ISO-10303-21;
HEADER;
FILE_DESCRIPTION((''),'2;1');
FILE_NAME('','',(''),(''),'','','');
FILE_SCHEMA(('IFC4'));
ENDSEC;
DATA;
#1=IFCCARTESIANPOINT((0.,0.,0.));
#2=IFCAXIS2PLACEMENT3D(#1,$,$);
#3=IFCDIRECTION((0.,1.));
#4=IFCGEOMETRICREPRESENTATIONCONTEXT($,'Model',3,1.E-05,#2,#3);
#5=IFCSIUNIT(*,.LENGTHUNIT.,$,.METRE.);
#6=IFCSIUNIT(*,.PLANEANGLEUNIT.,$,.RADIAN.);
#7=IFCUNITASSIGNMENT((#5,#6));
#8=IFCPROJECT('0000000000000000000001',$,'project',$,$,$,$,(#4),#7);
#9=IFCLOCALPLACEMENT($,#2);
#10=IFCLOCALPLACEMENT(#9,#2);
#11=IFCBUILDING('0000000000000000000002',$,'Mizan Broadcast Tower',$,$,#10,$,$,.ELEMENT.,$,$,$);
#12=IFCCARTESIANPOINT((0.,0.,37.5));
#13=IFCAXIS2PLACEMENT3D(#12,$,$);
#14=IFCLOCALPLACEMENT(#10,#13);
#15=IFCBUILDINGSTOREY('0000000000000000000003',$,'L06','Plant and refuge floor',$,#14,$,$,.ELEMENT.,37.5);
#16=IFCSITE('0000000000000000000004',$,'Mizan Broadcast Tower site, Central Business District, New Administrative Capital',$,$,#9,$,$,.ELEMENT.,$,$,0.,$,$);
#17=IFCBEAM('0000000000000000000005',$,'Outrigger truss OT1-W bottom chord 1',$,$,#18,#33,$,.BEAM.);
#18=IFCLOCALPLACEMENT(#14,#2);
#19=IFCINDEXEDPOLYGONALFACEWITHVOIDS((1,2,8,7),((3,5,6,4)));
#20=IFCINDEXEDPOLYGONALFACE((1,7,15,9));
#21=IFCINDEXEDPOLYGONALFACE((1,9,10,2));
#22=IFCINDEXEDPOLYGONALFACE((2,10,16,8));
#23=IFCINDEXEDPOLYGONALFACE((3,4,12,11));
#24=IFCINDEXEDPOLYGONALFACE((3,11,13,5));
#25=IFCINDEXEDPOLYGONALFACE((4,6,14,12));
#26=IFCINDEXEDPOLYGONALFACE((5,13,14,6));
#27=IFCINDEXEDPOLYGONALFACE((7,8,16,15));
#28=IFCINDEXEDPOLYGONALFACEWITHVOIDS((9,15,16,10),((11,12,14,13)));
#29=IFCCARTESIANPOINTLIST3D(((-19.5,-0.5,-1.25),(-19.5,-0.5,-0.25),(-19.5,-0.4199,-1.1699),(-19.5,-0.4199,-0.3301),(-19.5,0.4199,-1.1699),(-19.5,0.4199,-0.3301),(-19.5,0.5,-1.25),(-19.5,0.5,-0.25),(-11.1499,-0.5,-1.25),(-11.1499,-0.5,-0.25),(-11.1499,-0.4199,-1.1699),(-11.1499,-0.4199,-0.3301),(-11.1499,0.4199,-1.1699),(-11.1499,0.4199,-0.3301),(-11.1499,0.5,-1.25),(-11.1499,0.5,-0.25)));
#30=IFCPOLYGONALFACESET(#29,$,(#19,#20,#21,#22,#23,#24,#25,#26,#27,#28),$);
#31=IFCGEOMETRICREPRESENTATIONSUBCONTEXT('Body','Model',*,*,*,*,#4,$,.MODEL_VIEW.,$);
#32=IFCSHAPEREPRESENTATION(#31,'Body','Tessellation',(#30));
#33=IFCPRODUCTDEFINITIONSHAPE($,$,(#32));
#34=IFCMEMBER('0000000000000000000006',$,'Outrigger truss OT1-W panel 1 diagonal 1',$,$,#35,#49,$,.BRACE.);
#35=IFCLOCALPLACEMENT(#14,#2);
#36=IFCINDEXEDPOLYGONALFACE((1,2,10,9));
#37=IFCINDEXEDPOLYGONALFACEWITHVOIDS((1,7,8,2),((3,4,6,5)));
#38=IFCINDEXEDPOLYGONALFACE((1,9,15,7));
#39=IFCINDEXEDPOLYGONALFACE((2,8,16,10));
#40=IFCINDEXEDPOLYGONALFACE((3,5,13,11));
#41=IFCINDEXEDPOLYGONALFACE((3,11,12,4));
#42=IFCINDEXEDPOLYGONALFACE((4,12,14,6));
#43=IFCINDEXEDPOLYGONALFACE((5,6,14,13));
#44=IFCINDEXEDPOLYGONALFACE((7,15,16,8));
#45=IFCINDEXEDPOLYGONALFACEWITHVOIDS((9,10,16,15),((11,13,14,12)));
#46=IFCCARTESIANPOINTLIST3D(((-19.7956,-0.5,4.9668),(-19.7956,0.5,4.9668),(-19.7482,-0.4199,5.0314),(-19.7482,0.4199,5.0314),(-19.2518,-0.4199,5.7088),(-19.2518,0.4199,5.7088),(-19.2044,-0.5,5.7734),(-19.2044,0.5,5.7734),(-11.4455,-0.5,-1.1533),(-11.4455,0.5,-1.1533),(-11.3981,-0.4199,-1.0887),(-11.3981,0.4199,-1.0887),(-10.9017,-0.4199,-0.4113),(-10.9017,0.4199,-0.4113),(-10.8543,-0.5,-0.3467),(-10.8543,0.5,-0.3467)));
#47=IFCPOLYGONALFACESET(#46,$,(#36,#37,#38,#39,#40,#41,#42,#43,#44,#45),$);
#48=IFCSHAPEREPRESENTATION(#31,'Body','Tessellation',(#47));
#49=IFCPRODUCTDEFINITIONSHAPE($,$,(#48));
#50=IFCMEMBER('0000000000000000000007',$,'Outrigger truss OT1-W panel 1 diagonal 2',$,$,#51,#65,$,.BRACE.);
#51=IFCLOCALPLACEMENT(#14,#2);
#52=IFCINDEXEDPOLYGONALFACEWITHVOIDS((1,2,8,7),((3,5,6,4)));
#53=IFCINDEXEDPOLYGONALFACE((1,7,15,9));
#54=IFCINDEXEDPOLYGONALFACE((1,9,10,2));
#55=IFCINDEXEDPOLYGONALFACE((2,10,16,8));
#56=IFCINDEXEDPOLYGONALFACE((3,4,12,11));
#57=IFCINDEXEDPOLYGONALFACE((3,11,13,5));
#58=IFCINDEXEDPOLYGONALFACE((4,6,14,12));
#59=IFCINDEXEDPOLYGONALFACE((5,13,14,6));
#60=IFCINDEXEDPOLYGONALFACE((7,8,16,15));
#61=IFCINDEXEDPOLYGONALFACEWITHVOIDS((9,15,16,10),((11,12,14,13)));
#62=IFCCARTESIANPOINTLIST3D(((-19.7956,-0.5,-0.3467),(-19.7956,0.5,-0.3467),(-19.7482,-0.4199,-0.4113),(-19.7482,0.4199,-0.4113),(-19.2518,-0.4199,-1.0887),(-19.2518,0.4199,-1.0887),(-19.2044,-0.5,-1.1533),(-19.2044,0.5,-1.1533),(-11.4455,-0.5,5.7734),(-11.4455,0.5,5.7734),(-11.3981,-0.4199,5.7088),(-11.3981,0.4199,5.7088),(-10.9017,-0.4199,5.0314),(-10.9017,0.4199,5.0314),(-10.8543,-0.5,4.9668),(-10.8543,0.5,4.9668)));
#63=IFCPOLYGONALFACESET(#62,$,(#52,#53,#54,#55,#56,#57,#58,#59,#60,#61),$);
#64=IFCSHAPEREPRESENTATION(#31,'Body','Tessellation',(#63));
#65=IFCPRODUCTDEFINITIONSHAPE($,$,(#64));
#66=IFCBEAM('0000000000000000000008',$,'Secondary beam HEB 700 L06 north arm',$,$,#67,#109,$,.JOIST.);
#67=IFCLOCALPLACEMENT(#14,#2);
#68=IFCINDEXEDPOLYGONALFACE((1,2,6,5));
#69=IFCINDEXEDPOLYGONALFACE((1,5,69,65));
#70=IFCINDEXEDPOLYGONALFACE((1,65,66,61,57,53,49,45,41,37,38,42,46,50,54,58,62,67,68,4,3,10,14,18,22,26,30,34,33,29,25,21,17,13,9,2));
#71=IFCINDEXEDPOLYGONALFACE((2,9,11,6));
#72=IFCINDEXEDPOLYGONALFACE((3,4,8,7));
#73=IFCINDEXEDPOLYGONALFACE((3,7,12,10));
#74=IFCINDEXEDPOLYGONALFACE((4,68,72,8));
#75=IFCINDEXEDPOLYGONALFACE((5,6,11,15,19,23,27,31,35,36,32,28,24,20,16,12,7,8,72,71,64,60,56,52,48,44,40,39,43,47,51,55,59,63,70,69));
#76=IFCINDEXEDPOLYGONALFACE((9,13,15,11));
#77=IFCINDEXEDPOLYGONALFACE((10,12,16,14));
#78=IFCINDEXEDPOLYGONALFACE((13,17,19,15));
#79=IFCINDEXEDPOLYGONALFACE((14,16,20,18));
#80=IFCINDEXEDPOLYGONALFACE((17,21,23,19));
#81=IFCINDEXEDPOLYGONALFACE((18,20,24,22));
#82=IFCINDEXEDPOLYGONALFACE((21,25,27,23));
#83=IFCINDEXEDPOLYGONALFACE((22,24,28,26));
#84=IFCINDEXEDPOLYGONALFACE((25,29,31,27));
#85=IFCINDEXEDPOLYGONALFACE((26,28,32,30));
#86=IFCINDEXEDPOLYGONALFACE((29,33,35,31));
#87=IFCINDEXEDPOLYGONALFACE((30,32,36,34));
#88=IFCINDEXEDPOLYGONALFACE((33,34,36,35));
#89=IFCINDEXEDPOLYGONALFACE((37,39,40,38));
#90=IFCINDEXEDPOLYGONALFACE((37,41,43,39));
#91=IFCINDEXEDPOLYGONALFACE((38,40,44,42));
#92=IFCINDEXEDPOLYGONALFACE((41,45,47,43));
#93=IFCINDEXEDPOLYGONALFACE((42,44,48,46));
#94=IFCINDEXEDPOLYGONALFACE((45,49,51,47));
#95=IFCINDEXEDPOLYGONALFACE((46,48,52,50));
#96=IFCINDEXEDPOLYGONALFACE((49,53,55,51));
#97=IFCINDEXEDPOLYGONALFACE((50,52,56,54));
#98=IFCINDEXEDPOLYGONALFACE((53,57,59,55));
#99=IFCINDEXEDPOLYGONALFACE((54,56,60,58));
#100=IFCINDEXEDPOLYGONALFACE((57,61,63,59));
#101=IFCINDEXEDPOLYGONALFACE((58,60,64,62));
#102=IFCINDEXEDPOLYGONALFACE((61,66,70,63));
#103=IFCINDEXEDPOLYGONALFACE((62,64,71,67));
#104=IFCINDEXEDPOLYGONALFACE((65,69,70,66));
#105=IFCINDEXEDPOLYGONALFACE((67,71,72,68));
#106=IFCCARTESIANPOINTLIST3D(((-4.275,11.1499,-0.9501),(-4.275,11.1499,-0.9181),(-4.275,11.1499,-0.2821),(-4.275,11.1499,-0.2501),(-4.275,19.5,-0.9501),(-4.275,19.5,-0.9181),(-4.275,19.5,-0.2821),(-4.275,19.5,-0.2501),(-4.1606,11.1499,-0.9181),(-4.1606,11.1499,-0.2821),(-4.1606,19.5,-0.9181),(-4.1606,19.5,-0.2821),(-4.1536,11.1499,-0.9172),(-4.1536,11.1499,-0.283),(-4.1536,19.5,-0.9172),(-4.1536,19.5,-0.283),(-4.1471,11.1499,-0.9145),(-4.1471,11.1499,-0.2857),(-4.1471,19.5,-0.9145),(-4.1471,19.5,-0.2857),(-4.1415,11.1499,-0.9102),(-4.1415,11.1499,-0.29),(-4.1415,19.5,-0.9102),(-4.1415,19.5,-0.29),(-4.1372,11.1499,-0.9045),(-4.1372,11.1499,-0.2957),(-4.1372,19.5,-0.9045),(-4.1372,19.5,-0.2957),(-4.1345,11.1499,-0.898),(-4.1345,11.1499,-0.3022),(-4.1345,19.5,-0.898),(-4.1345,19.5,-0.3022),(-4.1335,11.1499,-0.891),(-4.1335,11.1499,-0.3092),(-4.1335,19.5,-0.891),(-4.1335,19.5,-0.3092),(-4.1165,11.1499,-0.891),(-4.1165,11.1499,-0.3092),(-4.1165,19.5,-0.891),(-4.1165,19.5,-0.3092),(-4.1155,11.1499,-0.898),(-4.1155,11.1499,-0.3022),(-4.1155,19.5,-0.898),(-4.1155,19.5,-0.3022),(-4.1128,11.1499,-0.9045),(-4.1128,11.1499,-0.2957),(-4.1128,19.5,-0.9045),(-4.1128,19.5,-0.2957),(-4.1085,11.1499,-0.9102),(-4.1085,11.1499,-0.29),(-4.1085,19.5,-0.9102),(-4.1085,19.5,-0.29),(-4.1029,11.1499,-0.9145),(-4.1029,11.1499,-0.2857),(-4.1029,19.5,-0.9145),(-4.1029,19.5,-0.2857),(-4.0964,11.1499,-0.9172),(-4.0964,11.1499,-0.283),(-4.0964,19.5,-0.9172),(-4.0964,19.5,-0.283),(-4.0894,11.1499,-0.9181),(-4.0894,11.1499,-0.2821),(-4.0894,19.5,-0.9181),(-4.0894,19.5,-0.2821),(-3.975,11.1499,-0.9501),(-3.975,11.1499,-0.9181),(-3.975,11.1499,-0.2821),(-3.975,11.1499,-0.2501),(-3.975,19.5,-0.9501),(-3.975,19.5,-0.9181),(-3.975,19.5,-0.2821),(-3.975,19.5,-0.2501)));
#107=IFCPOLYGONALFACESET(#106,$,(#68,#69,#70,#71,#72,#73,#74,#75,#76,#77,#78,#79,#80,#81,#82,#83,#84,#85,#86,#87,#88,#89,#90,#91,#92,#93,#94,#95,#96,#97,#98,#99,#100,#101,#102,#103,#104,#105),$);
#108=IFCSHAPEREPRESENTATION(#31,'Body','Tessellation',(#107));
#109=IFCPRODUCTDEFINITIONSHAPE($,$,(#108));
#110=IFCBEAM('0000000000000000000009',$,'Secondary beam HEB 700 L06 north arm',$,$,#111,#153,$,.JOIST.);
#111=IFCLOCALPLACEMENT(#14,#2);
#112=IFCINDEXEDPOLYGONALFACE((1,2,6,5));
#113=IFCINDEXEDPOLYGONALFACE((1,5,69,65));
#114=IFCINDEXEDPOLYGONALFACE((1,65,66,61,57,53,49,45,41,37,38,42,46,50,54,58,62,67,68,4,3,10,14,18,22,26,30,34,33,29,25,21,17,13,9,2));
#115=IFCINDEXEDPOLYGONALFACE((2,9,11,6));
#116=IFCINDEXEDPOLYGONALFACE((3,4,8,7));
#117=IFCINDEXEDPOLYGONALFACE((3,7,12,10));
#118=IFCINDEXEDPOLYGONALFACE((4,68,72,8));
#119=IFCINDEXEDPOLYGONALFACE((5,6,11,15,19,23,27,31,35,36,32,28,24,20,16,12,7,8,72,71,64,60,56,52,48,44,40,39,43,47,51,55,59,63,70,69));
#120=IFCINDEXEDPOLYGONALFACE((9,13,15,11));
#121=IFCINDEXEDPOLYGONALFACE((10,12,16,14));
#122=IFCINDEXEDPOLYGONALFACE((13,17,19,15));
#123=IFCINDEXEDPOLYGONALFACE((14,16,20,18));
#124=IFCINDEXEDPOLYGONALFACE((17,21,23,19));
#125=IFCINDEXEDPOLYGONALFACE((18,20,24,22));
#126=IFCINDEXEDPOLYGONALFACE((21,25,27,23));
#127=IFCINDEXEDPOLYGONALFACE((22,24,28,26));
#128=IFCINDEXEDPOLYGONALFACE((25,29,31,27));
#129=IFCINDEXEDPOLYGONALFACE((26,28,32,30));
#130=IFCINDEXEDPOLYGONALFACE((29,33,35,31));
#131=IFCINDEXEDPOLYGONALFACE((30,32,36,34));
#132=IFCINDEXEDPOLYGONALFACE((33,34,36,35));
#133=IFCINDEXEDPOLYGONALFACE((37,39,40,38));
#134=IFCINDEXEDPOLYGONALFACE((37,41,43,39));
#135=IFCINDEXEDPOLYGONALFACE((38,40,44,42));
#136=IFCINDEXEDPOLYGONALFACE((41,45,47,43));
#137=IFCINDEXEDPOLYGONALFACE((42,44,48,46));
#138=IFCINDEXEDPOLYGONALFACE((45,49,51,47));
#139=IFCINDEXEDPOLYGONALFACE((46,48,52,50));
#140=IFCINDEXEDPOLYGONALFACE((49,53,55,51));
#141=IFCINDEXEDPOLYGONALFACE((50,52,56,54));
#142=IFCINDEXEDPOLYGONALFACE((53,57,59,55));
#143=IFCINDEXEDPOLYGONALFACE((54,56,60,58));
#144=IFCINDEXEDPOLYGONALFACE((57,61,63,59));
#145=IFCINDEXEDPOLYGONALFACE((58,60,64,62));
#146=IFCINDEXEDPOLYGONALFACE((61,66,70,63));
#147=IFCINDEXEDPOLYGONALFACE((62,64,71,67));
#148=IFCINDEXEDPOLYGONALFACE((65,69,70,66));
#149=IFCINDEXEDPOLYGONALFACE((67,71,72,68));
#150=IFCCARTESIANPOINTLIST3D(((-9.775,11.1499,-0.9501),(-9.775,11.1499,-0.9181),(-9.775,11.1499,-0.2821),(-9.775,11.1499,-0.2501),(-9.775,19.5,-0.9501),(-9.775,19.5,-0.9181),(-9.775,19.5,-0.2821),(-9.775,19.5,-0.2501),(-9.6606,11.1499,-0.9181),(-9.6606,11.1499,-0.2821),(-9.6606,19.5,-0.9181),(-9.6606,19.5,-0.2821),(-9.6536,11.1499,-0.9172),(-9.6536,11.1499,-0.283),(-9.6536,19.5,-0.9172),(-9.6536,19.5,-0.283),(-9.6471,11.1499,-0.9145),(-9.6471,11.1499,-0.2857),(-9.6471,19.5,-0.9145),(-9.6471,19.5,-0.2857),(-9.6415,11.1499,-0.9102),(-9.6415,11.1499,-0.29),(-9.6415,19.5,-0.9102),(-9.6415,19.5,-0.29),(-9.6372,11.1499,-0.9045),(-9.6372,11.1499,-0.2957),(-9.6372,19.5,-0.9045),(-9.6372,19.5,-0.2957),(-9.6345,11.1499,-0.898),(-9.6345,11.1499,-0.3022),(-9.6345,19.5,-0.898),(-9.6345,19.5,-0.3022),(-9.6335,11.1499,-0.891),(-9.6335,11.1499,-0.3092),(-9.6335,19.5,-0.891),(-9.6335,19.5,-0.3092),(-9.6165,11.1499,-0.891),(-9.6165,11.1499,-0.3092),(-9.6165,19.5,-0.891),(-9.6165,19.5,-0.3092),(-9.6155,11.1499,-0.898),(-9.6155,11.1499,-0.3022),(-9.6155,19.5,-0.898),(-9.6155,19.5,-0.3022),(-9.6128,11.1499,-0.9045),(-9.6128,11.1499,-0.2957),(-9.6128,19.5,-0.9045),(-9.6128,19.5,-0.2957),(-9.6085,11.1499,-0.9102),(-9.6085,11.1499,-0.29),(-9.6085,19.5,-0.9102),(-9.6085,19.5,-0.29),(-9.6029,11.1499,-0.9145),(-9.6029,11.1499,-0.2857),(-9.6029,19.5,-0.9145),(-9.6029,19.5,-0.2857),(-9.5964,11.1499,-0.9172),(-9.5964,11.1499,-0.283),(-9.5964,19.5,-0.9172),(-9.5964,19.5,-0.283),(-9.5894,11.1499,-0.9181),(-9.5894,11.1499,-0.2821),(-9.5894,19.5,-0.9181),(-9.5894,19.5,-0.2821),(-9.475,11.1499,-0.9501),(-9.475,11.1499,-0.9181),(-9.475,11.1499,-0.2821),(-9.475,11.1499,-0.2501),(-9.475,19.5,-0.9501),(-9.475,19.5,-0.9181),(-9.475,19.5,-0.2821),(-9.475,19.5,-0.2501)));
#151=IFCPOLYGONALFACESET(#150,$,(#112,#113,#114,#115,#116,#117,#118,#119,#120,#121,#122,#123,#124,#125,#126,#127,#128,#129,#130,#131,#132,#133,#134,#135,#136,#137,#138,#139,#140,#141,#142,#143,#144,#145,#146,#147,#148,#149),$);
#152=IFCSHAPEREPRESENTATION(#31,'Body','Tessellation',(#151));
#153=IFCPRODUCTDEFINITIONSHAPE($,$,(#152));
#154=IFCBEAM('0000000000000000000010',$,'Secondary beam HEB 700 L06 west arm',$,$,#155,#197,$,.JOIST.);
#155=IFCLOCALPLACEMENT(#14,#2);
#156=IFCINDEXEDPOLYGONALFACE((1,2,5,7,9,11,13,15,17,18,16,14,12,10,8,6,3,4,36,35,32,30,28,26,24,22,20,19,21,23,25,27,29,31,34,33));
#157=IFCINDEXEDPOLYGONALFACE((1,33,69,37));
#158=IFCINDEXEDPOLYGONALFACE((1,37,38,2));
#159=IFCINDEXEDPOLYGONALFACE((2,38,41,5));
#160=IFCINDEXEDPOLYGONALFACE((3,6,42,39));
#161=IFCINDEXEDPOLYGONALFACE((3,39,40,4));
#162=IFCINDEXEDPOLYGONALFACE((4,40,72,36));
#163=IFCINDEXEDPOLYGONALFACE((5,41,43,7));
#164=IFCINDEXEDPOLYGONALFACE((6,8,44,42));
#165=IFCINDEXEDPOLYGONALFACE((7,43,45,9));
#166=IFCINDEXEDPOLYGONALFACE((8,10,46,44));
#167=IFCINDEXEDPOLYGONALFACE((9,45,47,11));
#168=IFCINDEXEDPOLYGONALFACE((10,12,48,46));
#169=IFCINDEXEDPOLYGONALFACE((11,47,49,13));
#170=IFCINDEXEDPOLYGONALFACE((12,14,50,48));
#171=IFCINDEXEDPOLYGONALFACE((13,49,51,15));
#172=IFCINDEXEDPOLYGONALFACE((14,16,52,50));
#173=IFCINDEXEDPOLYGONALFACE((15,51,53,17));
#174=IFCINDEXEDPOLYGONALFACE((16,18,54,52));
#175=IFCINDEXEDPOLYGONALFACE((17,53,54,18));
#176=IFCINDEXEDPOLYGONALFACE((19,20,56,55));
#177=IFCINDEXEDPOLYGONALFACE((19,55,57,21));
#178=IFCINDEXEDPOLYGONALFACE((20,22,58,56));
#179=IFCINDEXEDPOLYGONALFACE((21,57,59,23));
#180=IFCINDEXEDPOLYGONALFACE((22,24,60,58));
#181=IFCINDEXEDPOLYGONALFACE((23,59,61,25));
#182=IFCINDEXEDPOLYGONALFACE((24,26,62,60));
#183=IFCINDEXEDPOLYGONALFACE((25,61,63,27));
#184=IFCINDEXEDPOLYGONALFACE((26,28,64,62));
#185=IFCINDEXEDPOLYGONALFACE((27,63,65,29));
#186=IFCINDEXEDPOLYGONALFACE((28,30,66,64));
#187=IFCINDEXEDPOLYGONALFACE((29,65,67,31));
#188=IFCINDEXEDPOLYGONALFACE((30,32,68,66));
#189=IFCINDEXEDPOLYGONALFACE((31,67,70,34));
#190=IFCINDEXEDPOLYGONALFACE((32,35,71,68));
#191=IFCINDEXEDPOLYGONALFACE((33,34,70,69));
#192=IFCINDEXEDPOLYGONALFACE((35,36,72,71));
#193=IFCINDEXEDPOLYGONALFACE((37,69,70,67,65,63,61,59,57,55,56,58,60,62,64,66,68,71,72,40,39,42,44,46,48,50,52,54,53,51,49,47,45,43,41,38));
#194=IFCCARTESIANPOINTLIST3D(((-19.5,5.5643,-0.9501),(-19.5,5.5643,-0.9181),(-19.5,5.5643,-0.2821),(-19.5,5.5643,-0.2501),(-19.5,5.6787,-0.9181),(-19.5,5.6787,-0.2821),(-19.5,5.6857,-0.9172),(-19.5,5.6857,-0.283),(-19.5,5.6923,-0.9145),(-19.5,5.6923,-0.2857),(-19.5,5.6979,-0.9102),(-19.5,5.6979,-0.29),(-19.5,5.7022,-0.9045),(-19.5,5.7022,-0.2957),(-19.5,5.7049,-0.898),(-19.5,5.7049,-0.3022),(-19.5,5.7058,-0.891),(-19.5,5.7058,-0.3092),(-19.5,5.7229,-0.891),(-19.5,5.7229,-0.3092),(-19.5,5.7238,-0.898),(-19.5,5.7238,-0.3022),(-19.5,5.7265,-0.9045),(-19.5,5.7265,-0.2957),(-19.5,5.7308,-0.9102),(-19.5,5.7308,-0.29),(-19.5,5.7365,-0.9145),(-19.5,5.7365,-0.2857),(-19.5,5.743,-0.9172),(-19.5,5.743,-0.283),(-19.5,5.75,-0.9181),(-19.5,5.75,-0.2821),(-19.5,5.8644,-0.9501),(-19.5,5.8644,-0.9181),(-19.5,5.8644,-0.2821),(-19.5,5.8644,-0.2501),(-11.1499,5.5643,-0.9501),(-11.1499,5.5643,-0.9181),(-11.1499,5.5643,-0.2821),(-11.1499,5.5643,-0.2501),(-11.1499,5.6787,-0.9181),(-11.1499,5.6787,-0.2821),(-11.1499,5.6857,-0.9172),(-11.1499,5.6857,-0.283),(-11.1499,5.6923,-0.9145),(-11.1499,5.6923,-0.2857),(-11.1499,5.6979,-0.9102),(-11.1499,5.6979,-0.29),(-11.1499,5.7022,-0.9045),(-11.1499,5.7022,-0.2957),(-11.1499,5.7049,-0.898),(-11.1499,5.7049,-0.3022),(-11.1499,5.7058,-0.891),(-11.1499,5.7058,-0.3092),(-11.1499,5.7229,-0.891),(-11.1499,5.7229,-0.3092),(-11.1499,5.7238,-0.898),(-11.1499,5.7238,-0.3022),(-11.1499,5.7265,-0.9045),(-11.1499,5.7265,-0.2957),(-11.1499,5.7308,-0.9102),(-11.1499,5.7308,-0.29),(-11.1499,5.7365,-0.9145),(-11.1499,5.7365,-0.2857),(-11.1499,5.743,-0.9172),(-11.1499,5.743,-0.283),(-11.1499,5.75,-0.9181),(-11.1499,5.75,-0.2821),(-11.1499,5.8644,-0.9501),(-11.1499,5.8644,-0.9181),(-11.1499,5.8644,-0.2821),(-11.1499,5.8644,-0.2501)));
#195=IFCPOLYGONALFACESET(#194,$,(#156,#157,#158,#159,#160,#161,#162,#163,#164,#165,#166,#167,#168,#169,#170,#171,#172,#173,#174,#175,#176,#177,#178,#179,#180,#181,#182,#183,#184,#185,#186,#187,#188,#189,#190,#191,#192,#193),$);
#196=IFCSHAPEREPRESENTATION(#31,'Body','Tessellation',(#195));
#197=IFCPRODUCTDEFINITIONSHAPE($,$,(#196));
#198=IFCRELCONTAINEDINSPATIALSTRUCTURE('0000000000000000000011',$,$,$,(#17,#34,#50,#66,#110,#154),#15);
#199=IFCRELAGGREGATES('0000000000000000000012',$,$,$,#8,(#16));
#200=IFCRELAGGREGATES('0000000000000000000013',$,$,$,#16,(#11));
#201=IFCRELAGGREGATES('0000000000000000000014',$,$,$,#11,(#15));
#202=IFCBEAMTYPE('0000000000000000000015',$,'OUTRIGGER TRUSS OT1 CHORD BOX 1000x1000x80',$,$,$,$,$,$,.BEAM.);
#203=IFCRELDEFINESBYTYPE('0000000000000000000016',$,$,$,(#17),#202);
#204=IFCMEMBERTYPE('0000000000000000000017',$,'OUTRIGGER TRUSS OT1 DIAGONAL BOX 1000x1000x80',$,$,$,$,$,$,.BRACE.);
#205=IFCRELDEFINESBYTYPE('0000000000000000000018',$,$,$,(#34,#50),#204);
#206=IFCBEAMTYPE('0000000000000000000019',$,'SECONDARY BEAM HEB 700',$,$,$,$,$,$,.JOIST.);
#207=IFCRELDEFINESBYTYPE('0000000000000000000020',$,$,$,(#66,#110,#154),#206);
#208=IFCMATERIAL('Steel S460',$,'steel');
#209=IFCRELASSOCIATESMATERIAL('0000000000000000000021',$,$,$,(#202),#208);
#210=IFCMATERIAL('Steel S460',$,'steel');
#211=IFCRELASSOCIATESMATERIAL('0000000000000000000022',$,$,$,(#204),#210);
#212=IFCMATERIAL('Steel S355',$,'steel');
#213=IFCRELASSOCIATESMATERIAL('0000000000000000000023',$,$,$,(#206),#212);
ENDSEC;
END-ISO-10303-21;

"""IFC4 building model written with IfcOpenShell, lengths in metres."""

from ifc_helpers import new_model, si_unit, direction, frame, origin, origin_2d, place, context, subcontext, project, spatial, hollow_rectangle, i_section, extrude, material, material_profile, profile_set, type_object, element, save


model = new_model("IFC4")

# Units and contexts
model_context = context("Model", 3, precision=1e-05, world=origin(), true_north=direction((0.0, 1.0)))
body_context = subcontext(model_context, "Body", "Model", "MODEL_VIEW")
ifc_project = project(units=[si_unit("LENGTHUNIT", "METRE"), si_unit("PLANEANGLEUNIT", "RADIAN")], contexts=[model_context])

# Site, building, storey
site_placement = place(None, origin())
site = spatial("IfcSite", under=ifc_project, at=site_placement, Name="Mizan Broadcast Tower site, Central Business District, New Administrative Capital", CompositionType="ELEMENT", RefElevation=0.0)
building_placement = place(site_placement, origin())
building = spatial("IfcBuilding", under=site, at=building_placement, Name="Mizan Broadcast Tower", CompositionType="ELEMENT")
storey_placement = place(building_placement, frame((0.0, 0.0, 37.5)))
storey = spatial("IfcBuildingStorey", under=building, at=storey_placement, Name="L06", Description="Plant and refuge floor", CompositionType="ELEMENT", Elevation=37.5)

# Beam
ifc_material_1 = material(Name="Steel S460", Category="steel")
ifc_material_profile_1 = material_profile(ifc_material_1, hollow_rectangle(XDim=1.0, YDim=1.0, WallThickness=0.0801, at=origin_2d()), Name="BOX 1000x1000x80")
ifc_profile_set_1 = profile_set([ifc_material_profile_1], Name="Steel S460")
beam_type_1 = type_object("IfcBeamType", Name="OUTRIGGER TRUSS OT1 CHORD BOX 1000x1000x80", PredefinedType="BEAM", material=ifc_profile_set_1)
beam_placement = place(storey_placement, frame((-11.1499, 0.0, -0.75), z_axis=(-1.0, 0.0, 0.0), x_axis=(0.0, -1.0, 0.0)))
element("IfcBeam", 1, at=beam_placement, inside=storey, type_object=beam_type_1, Name="Outrigger truss OT1-W bottom chord 1", PredefinedType="BEAM", context=body_context, shape_type="SweptSolid", body=[
    extrude(hollow_rectangle(XDim=1.0, YDim=1.0, WallThickness=0.0801, at=origin_2d()), origin(), (0.0, 0.0, 1.0), 8.3501),
])

# Members
ifc_material_2 = material(Name="Steel S460", Category="steel")
ifc_material_profile_2 = material_profile(ifc_material_2, hollow_rectangle(XDim=1.0, YDim=1.0, WallThickness=0.0801, at=origin_2d()), Name="BOX 1000x1000x80")
ifc_profile_set_2 = profile_set([ifc_material_profile_2], Name="Steel S460")
member_type = type_object("IfcMemberType", Name="OUTRIGGER TRUSS OT1 DIAGONAL BOX 1000x1000x80", PredefinedType="BRACE", material=ifc_profile_set_2)
for number, where, z_axis, x_axis, name in (
    (2, (-11.1499, 0.0, -0.75), (-0.806556, 0.0, 0.591157), (0.0, -1.0, 0.0), "Outrigger truss OT1-W panel 1 diagonal 1"),
    (3, (-11.1499, 0.0, 5.3701), (-0.806556, 0.0, -0.591157), (0.0, -1.0, 0.0), "Outrigger truss OT1-W panel 1 diagonal 2"),
):
    element("IfcMember", number, at=place(storey_placement, frame(where, z_axis=z_axis, x_axis=x_axis)), inside=storey, type_object=member_type, Name=name, PredefinedType="BRACE", context=body_context, shape_type="SweptSolid", body=[
        extrude(hollow_rectangle(XDim=1.0, YDim=1.0, WallThickness=0.0801, at=origin_2d()), origin(), (0.0, 0.0, 1.0), 10.3528),
    ])

# Beams
ifc_material_3 = material(Name="Steel S355", Category="steel")
ifc_material_profile_3 = material_profile(ifc_material_3, i_section(OverallWidth=0.3, OverallDepth=0.7, WebThickness=0.0171, FlangeThickness=0.032, FilletRadius=0.0271, at=origin_2d()), Name="HEB 700")
ifc_profile_set_3 = profile_set([ifc_material_profile_3], Name="Steel S355")
beam_type_2 = type_object("IfcBeamType", Name="SECONDARY BEAM HEB 700", PredefinedType="JOIST", material=ifc_profile_set_3)
for number, where, z_axis, x_axis, name in (
    (4, (-4.125, 11.1499, -0.6001), (0.0, 1.0, 0.0), (-1.0, 0.0, 0.0), "Secondary beam HEB 700 L06 north arm"),
    (5, (-9.625, 11.1499, -0.6001), (0.0, 1.0, 0.0), (-1.0, 0.0, 0.0), "Secondary beam HEB 700 L06 north arm"),
    (6, (-11.1499, 5.7144, -0.6001), (-1.0, 0.0, 0.0), (0.0, -1.0, 0.0), "Secondary beam HEB 700 L06 west arm"),
):
    element("IfcBeam", number, at=place(storey_placement, frame(where, z_axis=z_axis, x_axis=x_axis)), inside=storey, type_object=beam_type_2, Name=name, PredefinedType="JOIST", context=body_context, shape_type="SweptSolid", body=[
        extrude(i_section(OverallWidth=0.3, OverallDepth=0.7, WebThickness=0.0171, FlangeThickness=0.032, FilletRadius=0.0271, at=origin_2d()), origin(), (0.0, 0.0, 1.0), 8.3501),
    ])

save(model, "model.ifc")
